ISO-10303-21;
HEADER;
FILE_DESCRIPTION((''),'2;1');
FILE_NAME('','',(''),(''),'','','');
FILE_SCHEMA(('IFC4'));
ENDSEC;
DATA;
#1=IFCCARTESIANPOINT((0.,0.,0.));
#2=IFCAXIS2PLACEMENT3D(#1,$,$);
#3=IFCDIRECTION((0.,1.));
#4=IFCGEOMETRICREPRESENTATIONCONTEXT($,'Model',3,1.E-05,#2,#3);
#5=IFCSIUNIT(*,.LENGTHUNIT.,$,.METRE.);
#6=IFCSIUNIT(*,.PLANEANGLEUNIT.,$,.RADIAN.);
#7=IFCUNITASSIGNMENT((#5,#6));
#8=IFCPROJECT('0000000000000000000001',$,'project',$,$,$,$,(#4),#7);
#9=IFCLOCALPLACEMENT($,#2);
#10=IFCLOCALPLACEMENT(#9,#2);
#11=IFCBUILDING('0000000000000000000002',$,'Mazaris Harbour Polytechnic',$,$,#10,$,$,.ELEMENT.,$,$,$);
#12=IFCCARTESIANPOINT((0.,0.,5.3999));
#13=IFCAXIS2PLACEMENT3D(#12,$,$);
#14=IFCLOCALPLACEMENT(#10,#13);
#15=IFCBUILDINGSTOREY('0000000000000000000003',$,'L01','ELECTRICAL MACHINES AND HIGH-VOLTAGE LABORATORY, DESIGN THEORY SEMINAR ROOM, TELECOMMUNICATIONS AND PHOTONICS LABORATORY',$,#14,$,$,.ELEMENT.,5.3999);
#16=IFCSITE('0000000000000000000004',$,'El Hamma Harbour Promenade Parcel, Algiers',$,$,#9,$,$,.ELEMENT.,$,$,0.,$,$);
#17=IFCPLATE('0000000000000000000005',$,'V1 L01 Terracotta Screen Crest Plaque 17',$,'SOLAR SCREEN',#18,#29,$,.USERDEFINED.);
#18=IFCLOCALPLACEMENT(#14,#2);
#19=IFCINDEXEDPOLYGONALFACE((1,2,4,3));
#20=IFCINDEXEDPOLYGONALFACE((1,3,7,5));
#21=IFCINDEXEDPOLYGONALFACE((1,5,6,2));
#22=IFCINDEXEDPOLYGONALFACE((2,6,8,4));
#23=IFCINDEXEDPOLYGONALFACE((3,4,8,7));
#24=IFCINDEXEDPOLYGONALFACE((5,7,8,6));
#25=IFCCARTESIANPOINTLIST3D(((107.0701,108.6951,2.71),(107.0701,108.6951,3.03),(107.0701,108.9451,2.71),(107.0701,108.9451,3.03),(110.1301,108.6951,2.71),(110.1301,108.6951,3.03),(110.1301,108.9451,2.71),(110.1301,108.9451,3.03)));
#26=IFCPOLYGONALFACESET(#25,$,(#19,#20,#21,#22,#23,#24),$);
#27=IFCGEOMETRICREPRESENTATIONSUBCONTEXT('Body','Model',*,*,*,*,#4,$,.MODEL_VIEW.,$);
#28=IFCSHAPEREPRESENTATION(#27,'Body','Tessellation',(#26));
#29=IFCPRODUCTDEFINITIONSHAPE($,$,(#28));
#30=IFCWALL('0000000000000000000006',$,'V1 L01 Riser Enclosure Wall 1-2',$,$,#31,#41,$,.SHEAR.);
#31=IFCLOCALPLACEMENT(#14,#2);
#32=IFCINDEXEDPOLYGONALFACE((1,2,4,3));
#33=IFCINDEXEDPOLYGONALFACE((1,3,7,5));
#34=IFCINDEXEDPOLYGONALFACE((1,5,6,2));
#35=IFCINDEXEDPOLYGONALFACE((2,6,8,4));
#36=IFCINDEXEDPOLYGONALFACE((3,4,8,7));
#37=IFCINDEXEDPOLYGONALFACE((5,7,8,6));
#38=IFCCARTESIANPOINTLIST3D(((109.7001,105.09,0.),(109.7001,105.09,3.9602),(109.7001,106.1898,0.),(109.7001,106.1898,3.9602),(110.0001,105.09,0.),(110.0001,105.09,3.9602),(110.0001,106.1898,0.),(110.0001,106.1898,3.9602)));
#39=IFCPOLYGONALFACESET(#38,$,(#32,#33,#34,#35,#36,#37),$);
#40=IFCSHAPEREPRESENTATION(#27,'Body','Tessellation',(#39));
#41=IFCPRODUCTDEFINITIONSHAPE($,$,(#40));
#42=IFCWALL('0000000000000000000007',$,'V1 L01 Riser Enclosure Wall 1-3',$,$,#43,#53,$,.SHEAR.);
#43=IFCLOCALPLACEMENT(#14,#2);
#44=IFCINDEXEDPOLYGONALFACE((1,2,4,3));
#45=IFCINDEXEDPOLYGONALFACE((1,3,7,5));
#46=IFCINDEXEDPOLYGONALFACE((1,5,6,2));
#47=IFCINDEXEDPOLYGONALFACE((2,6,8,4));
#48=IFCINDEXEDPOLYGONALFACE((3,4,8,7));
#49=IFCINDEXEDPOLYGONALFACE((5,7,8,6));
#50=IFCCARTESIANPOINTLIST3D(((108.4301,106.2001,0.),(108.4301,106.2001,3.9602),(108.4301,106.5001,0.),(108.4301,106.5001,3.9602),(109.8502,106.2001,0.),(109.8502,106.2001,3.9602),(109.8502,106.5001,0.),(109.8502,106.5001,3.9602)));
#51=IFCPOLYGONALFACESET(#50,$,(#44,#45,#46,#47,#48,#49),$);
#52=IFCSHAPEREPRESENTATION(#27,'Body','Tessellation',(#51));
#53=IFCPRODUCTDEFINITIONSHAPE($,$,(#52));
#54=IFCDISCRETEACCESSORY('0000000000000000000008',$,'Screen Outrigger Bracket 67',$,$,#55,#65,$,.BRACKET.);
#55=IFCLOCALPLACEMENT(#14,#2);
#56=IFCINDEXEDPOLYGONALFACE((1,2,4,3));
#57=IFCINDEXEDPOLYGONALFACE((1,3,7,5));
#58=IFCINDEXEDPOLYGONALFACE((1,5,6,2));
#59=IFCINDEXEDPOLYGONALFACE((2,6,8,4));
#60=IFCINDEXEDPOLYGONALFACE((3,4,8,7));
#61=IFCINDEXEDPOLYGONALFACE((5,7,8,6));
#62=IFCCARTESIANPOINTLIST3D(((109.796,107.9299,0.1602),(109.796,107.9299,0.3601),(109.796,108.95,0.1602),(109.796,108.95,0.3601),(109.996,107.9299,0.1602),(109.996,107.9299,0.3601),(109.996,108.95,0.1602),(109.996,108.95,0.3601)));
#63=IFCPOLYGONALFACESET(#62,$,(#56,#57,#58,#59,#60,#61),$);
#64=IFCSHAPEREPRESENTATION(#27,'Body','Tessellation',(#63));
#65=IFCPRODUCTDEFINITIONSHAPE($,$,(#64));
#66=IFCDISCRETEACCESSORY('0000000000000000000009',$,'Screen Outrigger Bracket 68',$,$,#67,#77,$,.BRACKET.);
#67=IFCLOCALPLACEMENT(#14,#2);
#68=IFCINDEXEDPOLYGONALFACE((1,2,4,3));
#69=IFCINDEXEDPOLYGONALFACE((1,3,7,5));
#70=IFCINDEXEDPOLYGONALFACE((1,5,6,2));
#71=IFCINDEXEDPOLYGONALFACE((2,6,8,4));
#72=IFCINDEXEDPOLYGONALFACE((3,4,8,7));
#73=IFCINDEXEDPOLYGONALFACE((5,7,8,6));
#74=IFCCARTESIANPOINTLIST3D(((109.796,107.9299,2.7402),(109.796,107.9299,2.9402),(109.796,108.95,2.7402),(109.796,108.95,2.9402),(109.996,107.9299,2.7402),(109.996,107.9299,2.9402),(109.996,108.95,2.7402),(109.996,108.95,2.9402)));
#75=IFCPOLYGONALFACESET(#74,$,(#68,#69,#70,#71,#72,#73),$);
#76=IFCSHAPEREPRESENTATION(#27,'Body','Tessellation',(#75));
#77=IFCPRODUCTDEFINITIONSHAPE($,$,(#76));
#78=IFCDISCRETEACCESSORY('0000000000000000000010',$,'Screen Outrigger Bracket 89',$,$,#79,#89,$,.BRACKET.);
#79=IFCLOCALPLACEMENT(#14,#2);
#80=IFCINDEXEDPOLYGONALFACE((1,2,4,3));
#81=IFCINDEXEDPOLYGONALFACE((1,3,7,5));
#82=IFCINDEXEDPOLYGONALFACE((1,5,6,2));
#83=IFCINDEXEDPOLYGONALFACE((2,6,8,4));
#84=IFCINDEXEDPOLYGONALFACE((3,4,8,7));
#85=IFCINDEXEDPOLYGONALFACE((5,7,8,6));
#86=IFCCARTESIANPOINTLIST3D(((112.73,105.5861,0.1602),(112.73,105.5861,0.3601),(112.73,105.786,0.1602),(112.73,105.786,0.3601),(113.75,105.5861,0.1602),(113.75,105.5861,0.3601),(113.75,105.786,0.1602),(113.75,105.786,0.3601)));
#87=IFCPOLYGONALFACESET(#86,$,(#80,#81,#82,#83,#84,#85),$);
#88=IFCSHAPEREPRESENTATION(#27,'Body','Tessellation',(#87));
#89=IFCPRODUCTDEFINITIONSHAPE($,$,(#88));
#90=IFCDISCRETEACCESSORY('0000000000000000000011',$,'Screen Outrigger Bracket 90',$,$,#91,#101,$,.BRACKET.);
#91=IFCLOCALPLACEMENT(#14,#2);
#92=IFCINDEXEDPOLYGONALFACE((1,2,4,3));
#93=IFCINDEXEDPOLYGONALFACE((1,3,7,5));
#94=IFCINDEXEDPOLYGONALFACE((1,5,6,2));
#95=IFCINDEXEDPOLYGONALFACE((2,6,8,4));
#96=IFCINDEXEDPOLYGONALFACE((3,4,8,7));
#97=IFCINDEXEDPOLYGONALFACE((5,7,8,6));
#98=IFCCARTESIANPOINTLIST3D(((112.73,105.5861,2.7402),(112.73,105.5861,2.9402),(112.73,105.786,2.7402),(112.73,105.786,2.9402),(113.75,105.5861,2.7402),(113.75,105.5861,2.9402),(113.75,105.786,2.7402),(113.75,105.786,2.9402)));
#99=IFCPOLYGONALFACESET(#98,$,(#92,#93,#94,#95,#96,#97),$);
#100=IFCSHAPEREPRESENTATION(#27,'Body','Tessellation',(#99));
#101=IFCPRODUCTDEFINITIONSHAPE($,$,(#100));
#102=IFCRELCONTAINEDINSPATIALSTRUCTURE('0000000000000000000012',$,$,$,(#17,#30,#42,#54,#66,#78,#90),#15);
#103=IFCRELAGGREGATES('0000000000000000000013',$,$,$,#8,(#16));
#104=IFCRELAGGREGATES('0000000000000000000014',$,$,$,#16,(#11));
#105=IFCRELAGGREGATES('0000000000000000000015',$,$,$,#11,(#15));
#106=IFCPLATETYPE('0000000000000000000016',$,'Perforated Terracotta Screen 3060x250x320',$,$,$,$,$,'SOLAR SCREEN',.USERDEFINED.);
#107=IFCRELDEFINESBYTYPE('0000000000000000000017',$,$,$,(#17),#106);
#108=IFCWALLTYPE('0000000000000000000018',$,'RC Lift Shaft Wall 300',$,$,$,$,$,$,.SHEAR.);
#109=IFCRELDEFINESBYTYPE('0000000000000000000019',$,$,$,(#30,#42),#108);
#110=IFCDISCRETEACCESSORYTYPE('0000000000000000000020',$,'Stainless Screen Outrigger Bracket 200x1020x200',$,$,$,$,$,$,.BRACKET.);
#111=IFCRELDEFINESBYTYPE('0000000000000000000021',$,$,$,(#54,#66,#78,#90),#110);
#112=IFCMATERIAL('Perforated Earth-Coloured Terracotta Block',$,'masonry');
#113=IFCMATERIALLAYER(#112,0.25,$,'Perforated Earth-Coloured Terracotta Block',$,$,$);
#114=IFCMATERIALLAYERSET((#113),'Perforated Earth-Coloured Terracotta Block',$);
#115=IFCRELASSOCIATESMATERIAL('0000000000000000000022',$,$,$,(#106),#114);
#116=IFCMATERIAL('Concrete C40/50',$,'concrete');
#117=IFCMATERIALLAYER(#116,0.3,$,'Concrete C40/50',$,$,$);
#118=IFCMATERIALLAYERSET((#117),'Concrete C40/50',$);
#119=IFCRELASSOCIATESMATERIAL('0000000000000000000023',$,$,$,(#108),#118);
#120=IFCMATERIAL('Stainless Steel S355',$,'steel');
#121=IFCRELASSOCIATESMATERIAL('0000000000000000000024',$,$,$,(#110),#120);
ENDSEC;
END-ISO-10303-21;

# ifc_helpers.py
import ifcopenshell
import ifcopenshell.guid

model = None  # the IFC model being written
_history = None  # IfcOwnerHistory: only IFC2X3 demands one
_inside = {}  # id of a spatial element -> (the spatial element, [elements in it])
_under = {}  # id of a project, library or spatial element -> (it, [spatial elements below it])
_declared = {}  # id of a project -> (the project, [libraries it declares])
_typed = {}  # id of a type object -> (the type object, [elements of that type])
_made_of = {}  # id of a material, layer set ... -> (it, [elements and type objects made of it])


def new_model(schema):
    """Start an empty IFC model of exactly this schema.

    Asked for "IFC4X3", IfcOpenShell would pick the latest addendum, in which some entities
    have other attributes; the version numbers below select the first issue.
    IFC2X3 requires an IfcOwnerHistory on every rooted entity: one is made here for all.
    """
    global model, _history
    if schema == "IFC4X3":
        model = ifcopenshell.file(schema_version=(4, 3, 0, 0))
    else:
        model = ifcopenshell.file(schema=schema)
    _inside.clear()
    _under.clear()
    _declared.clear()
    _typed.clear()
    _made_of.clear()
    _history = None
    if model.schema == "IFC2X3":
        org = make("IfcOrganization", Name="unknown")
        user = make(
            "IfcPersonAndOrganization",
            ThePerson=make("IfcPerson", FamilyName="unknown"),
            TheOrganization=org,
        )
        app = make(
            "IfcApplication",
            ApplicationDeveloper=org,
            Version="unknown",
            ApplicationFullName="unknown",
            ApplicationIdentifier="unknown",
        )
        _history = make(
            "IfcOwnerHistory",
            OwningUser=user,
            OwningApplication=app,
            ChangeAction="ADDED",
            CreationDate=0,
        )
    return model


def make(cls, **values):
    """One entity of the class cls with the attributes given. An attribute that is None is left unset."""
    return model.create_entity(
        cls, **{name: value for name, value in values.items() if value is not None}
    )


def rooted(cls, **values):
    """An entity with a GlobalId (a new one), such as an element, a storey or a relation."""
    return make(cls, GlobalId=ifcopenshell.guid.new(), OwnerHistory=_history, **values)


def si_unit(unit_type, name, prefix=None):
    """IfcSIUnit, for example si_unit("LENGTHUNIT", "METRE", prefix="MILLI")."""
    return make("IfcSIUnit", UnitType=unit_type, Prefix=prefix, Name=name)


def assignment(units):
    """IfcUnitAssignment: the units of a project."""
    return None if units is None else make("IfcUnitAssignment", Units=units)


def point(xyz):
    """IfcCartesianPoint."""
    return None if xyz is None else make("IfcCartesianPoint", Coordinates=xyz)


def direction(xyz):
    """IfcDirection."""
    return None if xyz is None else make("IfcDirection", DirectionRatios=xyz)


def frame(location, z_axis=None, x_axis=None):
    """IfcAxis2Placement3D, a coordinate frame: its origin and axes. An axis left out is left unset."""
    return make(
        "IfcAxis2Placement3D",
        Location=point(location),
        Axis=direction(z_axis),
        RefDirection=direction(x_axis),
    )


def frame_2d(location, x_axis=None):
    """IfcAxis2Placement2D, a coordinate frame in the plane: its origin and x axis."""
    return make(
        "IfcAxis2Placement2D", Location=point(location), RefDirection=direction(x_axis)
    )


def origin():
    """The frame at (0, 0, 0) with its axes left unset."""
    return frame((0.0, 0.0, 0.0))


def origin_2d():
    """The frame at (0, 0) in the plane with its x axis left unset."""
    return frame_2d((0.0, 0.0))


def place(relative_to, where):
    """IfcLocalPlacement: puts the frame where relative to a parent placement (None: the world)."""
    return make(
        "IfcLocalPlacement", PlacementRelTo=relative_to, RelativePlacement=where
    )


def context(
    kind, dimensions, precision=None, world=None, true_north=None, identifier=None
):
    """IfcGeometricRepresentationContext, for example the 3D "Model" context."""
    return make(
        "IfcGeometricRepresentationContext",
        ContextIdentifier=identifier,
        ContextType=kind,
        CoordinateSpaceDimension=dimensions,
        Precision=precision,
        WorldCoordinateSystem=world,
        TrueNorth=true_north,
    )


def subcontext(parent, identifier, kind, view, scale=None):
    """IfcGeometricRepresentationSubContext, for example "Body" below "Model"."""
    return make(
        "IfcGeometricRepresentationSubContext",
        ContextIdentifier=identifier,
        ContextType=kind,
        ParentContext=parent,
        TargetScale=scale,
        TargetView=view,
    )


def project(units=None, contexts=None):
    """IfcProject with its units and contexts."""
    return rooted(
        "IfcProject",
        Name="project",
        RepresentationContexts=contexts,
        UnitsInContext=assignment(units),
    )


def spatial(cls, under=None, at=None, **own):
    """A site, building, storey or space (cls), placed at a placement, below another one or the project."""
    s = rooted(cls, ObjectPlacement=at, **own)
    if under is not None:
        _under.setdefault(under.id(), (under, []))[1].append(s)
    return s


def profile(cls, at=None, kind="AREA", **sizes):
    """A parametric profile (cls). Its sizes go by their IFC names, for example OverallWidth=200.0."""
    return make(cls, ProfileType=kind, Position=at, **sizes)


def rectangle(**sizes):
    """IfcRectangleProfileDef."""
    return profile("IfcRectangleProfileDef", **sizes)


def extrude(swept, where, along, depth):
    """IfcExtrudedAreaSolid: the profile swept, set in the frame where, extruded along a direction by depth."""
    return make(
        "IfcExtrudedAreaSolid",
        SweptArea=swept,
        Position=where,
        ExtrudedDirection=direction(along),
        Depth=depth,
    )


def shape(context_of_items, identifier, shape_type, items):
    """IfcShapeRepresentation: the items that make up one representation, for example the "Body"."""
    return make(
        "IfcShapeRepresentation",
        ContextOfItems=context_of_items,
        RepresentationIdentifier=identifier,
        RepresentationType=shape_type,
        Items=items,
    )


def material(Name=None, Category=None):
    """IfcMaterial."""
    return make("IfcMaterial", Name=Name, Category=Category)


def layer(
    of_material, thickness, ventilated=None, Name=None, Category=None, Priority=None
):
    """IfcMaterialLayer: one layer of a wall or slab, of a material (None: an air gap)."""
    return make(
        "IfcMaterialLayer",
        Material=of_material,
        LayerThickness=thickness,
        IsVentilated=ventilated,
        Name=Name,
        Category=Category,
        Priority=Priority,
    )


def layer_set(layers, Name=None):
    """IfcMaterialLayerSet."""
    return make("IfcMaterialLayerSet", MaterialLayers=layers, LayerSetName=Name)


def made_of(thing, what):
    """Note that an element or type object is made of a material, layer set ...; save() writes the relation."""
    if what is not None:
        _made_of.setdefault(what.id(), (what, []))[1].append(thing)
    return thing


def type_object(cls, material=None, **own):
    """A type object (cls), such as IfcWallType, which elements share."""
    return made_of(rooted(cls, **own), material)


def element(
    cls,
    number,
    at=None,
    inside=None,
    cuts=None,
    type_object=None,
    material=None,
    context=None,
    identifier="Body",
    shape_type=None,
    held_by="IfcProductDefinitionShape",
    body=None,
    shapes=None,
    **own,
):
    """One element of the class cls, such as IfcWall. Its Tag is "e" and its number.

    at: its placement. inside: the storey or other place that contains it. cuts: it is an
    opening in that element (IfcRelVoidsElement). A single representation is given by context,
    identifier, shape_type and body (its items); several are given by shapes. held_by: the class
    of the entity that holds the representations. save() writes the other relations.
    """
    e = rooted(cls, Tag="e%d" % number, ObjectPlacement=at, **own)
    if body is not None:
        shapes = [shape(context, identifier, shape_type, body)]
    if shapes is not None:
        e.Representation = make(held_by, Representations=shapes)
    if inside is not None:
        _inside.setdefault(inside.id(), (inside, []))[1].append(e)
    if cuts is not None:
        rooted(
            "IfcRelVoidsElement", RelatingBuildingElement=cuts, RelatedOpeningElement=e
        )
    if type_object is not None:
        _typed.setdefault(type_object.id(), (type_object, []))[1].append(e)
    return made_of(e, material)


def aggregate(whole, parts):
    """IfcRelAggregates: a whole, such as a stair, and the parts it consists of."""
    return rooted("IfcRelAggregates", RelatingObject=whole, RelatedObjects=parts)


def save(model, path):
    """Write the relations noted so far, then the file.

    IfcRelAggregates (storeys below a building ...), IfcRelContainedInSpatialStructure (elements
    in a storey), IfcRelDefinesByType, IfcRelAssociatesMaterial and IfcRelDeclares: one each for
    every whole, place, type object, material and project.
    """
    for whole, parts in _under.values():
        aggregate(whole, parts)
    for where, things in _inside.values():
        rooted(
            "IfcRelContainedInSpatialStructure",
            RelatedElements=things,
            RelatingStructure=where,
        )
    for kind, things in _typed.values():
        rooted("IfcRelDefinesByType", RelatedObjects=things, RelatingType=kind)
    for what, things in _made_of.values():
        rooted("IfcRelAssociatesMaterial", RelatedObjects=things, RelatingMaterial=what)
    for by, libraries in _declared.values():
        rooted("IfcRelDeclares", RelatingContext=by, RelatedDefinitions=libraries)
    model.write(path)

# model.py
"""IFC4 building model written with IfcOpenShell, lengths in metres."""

from ifc_helpers import new_model, si_unit, direction, frame, frame_2d, origin, origin_2d, place, context, subcontext, project, spatial, rectangle, extrude, material, layer, layer_set, type_object, element, save


model = new_model("IFC4")

# Units and contexts
model_context = context("Model", 3, precision=1e-05, world=origin(), true_north=direction((0.0, 1.0)))
body_context = subcontext(model_context, "Body", "Model", "MODEL_VIEW")
ifc_project = project(units=[si_unit("LENGTHUNIT", "METRE"), si_unit("PLANEANGLEUNIT", "RADIAN")], contexts=[model_context])

# Site, building, storey
site_placement = place(None, origin())
site = spatial("IfcSite", under=ifc_project, at=site_placement, Name="El Hamma Harbour Promenade Parcel, Algiers", CompositionType="ELEMENT", RefElevation=0.0)
building_placement = place(site_placement, origin())
building = spatial("IfcBuilding", under=site, at=building_placement, Name="Mazaris Harbour Polytechnic", CompositionType="ELEMENT")
storey_placement = place(building_placement, frame((0.0, 0.0, 5.3999)))
storey = spatial("IfcBuildingStorey", under=building, at=storey_placement, Name="L01", Description="ELECTRICAL MACHINES AND HIGH-VOLTAGE LABORATORY, DESIGN THEORY SEMINAR ROOM, TELECOMMUNICATIONS AND PHOTONICS LABORATORY", CompositionType="ELEMENT", Elevation=5.3999)

# Plate
ifc_material_1 = material(Name="Perforated Earth-Coloured Terracotta Block", Category="masonry")
ifc_layer_1 = layer(ifc_material_1, 0.25, Name="Perforated Earth-Coloured Terracotta Block")
ifc_layer_set_1 = layer_set([ifc_layer_1], Name="Perforated Earth-Coloured Terracotta Block")
plate_type_1 = type_object("IfcPlateType", Name="Perforated Terracotta Screen 3060x250x320", ElementType="SOLAR SCREEN", PredefinedType="USERDEFINED", material=ifc_layer_set_1)
plate_1_placement = place(storey_placement, frame((108.6001, 108.8201, 2.71), z_axis=(0.0, 0.0, 1.0), x_axis=(1.0, 0.0, 0.0)))
element("IfcPlate", 1, at=plate_1_placement, inside=storey, type_object=plate_type_1, Name="V1 L01 Terracotta Screen Crest Plaque 17", ObjectType="SOLAR SCREEN", PredefinedType="USERDEFINED", context=body_context, shape_type="SweptSolid", body=[
    extrude(rectangle(XDim=3.0601, YDim=0.25, at=origin_2d()), origin(), (0.0, 0.0, 1.0), 0.3201),
])

# Walls
ifc_material_2 = material(Name="Concrete C40/50", Category="concrete")
ifc_layer_2 = layer(ifc_material_2, 0.3, Name="Concrete C40/50")
ifc_layer_set_2 = layer_set([ifc_layer_2], Name="Concrete C40/50")
wall_type = type_object("IfcWallType", Name="RC Lift Shaft Wall 300", PredefinedType="SHEAR", material=ifc_layer_set_2)
wall_1_placement = place(storey_placement, frame((109.8501, 105.0901, 0.0), z_axis=(0.0, 0.0, 1.0), x_axis=(0.0, 1.0, 0.0)))
element("IfcWall", 2, at=wall_1_placement, inside=storey, type_object=wall_type, Name="V1 L01 Riser Enclosure Wall 1-2", PredefinedType="SHEAR", context=body_context, shape_type="SweptSolid", body=[
    extrude(rectangle(XDim=1.0999, YDim=0.3, at=frame_2d((0.5498, 0.0))), origin(), (0.0, 0.0, 1.0), 3.9602),
])
wall_2_placement = place(storey_placement, frame((109.8501, 106.3501, 0.0), z_axis=(0.0, 0.0, 1.0), x_axis=(-1.0, 0.0, 0.0)))
element("IfcWall", 3, at=wall_2_placement, inside=storey, type_object=wall_type, Name="V1 L01 Riser Enclosure Wall 1-3", PredefinedType="SHEAR", context=body_context, shape_type="SweptSolid", body=[
    extrude(rectangle(XDim=1.4202, YDim=0.3, at=frame_2d((0.71, 0.0))), origin(), (0.0, 0.0, 1.0), 3.9602),
])

# Discrete accessories
ifc_material_3 = material(Name="Stainless Steel S355", Category="steel")
discrete_accessory_type = type_object("IfcDiscreteAccessoryType", Name="Stainless Screen Outrigger Bracket 200x1020x200", PredefinedType="BRACKET", material=ifc_material_3)
for number, where, z_axis, x_axis, name in (
    (4, (109.896, 108.4399, 0.1602), (0.0, 0.0, 1.0), (1.0, 0.0, 0.0), "Screen Outrigger Bracket 67"),
    (5, (109.896, 108.4399, 2.7402), (0.0, 0.0, 1.0), (1.0, 0.0, 0.0), "Screen Outrigger Bracket 68"),
    (6, (113.24, 105.686, 0.1602), (0.0, 0.0, 1.0), (0.0, -1.0, 0.0), "Screen Outrigger Bracket 89"),
    (7, (113.24, 105.686, 2.7402), (0.0, 0.0, 1.0), (0.0, -1.0, 0.0), "Screen Outrigger Bracket 90"),
):
    element("IfcDiscreteAccessory", number, at=place(storey_placement, frame(where, z_axis=z_axis, x_axis=x_axis)), inside=storey, type_object=discrete_accessory_type, Name=name, PredefinedType="BRACKET", context=body_context, shape_type="SweptSolid", body=[
        extrude(rectangle(XDim=0.2, YDim=1.02, at=origin_2d()), origin(), (0.0, 0.0, 1.0), 0.2),
    ])

save(model, "model.ifc")
